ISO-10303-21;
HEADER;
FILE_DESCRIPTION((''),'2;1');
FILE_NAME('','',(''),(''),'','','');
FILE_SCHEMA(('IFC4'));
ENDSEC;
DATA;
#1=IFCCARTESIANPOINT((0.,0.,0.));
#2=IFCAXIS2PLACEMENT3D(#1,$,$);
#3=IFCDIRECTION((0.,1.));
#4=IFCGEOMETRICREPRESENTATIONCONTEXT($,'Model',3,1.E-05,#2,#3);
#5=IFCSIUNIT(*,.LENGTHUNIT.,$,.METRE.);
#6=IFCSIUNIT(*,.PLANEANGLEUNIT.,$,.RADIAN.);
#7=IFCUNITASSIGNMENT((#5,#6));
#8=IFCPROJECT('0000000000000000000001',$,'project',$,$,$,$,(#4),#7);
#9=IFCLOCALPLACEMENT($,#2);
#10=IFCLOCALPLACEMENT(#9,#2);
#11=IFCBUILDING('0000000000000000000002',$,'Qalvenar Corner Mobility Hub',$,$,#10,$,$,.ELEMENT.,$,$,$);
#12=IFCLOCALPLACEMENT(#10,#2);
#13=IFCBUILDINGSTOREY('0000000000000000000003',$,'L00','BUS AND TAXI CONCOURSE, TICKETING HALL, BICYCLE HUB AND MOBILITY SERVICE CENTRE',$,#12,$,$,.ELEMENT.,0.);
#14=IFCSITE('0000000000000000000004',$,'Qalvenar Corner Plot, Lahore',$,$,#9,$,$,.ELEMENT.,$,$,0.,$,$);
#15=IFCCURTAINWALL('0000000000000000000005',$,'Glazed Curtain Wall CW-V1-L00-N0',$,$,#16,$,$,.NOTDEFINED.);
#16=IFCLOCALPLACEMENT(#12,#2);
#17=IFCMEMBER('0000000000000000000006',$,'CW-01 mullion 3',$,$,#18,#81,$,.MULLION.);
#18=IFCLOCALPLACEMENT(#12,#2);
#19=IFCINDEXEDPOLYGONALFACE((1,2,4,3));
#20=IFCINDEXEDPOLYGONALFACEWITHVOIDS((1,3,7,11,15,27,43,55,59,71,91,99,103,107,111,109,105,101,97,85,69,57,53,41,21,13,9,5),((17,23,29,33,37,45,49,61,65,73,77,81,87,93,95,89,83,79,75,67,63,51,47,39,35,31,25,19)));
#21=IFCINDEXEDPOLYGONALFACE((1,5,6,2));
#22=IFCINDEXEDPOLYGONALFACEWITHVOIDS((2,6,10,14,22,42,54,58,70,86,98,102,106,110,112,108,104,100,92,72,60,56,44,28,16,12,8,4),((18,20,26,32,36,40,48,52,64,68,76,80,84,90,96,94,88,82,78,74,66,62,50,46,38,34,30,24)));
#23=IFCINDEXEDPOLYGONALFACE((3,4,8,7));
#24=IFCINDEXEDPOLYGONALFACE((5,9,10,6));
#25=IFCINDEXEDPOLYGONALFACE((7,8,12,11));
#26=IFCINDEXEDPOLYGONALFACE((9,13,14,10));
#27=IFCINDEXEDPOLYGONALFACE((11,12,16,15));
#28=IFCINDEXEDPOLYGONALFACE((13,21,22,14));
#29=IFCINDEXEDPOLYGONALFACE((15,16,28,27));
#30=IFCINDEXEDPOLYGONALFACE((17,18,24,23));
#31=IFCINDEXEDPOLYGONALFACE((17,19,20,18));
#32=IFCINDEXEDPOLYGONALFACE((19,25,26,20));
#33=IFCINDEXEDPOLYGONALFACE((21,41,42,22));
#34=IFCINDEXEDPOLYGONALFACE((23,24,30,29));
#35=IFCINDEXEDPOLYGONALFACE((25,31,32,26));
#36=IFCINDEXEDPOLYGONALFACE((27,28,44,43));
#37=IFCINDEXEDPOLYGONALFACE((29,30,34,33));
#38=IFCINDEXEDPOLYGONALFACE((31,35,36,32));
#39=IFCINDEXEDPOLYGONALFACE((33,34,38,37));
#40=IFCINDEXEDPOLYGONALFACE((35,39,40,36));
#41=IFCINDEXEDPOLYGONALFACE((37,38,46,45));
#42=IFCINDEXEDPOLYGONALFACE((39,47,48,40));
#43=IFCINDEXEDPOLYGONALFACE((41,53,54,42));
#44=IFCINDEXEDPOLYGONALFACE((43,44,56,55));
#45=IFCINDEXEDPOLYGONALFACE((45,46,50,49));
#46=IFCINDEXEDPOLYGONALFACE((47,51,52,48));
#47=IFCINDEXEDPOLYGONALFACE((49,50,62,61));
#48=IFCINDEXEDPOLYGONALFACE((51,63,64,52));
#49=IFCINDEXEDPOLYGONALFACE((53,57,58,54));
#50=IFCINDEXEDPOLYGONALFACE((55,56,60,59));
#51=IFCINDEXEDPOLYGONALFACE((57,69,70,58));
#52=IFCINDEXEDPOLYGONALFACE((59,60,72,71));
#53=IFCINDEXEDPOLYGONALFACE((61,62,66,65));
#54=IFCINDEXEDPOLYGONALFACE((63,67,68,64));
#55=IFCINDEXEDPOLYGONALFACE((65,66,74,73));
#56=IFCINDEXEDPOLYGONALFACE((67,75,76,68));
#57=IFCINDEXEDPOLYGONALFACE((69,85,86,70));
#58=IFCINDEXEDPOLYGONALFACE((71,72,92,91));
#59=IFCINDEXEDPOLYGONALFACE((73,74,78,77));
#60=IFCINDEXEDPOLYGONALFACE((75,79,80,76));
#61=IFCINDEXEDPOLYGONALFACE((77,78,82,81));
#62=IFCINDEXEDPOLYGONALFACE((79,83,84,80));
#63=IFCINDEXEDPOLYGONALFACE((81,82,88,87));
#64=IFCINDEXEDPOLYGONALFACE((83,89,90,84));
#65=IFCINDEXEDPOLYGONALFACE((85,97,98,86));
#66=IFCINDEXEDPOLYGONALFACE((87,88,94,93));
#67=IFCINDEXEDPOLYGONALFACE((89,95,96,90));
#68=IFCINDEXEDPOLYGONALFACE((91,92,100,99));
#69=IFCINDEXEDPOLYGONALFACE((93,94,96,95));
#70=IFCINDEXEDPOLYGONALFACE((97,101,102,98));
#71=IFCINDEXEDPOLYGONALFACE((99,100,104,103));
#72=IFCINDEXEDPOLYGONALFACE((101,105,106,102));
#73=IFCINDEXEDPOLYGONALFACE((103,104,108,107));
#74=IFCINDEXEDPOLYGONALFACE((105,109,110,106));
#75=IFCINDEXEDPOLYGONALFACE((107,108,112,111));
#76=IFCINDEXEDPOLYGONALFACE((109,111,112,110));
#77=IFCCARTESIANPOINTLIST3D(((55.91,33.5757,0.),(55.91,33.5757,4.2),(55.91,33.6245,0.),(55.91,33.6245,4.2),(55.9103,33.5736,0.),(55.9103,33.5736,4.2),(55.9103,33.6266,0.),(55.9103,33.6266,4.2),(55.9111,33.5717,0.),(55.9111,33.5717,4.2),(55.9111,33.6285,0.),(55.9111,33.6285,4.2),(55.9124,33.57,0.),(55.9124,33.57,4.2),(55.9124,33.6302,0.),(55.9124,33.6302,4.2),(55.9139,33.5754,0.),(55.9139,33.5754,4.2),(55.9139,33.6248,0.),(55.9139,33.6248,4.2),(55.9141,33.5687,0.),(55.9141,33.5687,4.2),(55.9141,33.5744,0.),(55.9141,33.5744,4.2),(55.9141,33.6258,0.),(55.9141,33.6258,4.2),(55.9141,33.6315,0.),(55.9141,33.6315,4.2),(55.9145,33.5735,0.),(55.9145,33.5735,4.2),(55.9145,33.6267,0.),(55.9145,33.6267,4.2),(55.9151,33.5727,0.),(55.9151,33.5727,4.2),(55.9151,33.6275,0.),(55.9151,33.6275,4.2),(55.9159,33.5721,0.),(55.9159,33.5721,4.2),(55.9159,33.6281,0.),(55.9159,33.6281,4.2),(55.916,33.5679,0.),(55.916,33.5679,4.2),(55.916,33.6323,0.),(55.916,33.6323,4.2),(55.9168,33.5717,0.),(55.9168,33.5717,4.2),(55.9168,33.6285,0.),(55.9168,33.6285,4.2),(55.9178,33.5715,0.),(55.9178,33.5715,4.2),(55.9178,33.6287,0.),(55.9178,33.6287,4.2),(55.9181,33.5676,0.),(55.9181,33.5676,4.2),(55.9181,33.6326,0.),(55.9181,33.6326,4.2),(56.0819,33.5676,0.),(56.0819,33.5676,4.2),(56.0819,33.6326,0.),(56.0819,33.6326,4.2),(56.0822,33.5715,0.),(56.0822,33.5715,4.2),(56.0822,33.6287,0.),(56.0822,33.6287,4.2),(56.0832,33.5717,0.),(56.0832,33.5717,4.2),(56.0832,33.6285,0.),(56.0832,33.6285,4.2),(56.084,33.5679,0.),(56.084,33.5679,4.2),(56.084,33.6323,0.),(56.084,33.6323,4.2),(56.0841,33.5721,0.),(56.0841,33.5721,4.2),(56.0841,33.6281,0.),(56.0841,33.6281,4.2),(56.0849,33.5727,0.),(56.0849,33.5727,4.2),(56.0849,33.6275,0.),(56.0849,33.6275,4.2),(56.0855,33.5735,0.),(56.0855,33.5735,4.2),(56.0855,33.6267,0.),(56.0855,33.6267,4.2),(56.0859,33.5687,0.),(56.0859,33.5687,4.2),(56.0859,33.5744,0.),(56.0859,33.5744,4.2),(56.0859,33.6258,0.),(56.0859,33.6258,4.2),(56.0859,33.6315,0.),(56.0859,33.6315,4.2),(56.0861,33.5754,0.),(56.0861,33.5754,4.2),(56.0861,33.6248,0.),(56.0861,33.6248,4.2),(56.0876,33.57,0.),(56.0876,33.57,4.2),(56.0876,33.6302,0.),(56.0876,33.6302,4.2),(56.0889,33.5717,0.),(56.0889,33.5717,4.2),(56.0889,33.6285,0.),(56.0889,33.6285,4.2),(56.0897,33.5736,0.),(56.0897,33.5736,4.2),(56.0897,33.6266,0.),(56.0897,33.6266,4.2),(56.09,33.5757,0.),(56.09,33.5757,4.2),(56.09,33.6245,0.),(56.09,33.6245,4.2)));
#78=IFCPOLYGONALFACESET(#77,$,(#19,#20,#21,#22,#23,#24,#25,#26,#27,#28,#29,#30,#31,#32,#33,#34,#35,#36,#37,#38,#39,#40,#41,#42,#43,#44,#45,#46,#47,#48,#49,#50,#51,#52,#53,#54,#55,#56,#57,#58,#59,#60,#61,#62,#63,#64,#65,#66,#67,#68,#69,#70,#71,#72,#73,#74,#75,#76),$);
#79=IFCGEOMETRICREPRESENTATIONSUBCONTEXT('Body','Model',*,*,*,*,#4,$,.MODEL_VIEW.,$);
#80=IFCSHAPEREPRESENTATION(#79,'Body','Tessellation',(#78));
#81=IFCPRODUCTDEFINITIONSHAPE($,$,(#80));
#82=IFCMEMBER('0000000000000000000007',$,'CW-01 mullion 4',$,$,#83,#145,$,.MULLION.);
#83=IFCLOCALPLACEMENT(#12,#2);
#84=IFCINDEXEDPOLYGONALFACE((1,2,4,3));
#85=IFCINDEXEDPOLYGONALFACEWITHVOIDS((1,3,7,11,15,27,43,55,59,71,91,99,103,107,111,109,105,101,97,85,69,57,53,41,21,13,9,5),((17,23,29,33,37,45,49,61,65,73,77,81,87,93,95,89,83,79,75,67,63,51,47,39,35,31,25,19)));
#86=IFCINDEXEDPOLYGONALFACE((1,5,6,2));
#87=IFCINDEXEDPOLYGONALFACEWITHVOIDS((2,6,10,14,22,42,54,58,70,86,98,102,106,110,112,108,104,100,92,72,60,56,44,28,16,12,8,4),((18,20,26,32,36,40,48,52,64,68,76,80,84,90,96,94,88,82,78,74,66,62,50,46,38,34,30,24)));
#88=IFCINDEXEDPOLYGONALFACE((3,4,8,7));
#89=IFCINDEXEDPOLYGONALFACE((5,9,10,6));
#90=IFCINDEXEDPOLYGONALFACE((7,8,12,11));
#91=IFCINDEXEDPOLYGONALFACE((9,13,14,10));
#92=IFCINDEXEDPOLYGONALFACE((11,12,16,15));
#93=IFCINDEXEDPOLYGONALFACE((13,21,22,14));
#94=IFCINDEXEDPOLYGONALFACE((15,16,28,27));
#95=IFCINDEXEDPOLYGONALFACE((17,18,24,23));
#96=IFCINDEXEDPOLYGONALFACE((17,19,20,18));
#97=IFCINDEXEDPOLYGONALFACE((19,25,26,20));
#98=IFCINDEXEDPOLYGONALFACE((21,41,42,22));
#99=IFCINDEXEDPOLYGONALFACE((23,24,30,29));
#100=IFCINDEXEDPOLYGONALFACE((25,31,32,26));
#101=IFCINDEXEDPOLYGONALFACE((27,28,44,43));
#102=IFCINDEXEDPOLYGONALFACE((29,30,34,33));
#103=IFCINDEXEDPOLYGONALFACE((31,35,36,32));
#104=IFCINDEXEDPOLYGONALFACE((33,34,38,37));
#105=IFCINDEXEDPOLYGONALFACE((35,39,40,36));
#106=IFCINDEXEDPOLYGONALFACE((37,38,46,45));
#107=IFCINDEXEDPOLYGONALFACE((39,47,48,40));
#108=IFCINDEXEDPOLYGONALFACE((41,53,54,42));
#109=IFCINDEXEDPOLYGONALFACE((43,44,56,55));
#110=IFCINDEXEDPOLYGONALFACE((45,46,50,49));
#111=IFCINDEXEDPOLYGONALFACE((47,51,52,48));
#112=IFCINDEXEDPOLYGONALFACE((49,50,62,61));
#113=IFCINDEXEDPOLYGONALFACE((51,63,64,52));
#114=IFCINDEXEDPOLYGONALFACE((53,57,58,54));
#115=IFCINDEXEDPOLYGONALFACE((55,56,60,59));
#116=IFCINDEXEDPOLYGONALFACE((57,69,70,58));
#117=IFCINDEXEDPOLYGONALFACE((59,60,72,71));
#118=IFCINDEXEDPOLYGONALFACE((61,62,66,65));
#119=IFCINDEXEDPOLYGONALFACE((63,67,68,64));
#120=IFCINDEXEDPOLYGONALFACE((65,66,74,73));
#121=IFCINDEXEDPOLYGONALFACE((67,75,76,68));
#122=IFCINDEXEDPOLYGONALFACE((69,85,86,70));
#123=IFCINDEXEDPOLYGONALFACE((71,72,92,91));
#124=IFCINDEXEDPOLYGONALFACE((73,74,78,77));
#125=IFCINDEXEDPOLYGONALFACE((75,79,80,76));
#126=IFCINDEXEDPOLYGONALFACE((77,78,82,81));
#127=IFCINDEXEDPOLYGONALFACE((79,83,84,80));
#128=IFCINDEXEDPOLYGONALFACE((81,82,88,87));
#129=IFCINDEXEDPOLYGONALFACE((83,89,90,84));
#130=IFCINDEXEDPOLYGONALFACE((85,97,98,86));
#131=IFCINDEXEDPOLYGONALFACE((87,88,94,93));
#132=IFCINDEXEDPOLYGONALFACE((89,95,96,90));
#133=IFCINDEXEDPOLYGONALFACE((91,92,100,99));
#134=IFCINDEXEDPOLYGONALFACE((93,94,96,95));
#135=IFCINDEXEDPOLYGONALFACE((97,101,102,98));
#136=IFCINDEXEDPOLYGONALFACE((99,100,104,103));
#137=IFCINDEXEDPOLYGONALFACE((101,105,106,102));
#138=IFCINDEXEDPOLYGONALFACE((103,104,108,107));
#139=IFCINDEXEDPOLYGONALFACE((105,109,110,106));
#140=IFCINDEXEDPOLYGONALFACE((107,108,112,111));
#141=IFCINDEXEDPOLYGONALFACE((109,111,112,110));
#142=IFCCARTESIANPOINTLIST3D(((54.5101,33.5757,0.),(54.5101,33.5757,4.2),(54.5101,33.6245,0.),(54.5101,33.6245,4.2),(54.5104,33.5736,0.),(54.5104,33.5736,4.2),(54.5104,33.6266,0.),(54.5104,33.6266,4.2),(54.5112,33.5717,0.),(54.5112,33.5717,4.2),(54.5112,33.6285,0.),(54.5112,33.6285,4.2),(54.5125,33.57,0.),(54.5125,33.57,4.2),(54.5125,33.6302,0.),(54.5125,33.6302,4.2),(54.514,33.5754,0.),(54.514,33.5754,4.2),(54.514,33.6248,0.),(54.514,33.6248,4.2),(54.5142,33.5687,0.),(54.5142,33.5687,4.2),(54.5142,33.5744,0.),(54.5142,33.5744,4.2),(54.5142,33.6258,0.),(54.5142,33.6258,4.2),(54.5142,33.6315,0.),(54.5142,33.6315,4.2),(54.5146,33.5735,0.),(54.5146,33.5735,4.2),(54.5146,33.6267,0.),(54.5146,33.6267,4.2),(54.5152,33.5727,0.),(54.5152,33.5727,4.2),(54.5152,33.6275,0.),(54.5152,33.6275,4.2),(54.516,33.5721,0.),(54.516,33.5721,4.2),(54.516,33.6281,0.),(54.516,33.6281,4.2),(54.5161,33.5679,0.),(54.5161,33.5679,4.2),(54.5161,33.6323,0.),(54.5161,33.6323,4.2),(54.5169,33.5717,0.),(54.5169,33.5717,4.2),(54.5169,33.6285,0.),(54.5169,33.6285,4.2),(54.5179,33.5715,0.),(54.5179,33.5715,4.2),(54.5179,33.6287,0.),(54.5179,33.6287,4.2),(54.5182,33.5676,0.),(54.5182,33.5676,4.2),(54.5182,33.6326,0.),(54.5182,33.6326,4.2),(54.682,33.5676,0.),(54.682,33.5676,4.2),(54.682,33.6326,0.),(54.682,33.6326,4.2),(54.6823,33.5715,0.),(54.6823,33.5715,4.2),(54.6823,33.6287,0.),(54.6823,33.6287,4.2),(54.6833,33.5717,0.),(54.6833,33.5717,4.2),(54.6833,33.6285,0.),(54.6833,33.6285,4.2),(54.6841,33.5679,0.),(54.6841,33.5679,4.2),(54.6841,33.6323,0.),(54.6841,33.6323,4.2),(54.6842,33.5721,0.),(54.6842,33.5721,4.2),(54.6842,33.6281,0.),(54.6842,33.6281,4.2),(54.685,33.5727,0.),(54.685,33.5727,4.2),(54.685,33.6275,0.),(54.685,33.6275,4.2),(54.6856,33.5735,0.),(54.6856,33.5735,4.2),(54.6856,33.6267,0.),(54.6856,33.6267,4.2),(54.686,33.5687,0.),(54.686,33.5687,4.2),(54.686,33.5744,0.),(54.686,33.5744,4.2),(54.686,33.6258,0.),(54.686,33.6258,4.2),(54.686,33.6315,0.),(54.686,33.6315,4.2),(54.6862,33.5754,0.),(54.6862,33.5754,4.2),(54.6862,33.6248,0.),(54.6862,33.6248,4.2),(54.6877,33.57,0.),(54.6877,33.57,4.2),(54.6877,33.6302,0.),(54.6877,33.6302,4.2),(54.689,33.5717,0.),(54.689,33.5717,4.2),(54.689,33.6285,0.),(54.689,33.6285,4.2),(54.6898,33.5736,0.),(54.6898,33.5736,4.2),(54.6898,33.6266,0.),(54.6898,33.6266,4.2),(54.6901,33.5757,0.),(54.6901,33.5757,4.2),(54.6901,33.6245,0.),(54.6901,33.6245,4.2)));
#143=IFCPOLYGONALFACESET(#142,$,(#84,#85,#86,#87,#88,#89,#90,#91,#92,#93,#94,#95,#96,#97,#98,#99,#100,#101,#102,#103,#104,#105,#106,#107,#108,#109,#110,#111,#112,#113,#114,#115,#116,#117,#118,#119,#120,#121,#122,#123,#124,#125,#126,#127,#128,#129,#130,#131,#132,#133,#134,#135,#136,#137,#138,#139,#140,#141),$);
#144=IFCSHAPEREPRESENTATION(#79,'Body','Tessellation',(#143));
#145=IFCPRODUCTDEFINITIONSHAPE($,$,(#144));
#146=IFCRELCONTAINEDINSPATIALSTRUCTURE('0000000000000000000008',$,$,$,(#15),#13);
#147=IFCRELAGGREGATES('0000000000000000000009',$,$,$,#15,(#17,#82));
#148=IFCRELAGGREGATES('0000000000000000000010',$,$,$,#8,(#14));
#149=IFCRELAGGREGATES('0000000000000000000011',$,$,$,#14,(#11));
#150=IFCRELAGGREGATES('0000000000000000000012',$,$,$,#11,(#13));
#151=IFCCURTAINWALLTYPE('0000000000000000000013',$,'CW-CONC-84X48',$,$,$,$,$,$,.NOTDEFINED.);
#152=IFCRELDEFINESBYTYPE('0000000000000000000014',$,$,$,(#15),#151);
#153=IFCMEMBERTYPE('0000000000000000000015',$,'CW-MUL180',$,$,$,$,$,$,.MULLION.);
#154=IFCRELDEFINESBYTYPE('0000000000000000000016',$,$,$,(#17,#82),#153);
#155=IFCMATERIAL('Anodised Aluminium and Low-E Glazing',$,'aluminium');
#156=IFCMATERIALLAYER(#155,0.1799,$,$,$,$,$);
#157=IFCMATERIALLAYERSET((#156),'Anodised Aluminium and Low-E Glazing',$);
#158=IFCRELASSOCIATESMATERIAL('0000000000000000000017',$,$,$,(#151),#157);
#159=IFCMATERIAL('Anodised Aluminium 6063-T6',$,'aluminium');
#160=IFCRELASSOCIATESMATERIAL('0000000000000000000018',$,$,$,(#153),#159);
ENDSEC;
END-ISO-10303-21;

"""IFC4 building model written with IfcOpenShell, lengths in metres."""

from ifc_helpers import new_model, si_unit, direction, frame, origin, origin_2d, place, context, subcontext, project, spatial, hollow_rectangle, extrude, material, layer, layer_set, material_profile, profile_set, type_object, element, aggregate, save


model = new_model("IFC4")

# Units and contexts
model_context = context("Model", 3, precision=1e-05, world=origin(), true_north=direction((0.0, 1.0)))
body_context = subcontext(model_context, "Body", "Model", "MODEL_VIEW")
ifc_project = project(units=[si_unit("LENGTHUNIT", "METRE"), si_unit("PLANEANGLEUNIT", "RADIAN")], contexts=[model_context])

# Site, building, storey
site_placement = place(None, origin())
site = spatial("IfcSite", under=ifc_project, at=site_placement, Name="Qalvenar Corner Plot, Lahore", CompositionType="ELEMENT", RefElevation=0.0)
building_placement = place(site_placement, origin())
building = spatial("IfcBuilding", under=site, at=building_placement, Name="Qalvenar Corner Mobility Hub", CompositionType="ELEMENT")
storey_placement = place(building_placement, origin())
storey = spatial("IfcBuildingStorey", under=building, at=storey_placement, Name="L00", Description="BUS AND TAXI CONCOURSE, TICKETING HALL, BICYCLE HUB AND MOBILITY SERVICE CENTRE", CompositionType="ELEMENT", Elevation=0.0)

# Shared definitions
ifc_material_1 = material(Name="Anodised Aluminium and Low-E Glazing", Category="aluminium")
ifc_material_2 = material(Name="Anodised Aluminium 6063-T6", Category="aluminium")

# Curtain wall, members
ifc_layer_1 = layer(ifc_material_1, 0.1799)
ifc_layer_set_1 = layer_set([ifc_layer_1], Name="Anodised Aluminium and Low-E Glazing")
curtain_wall_type_1 = type_object("IfcCurtainWallType", Name="CW-CONC-84X48", PredefinedType="NOTDEFINED", material=ifc_layer_set_1)
curtain_wall_1_placement = place(storey_placement, origin())
curtain_wall_1 = element("IfcCurtainWall", 1, at=curtain_wall_1_placement, inside=storey, type_object=curtain_wall_type_1, Name="Glazed Curtain Wall CW-V1-L00-N0", PredefinedType="NOTDEFINED")
ifc_material_profile_1 = material_profile(ifc_material_2, hollow_rectangle(XDim=0.0649, YDim=0.1799, WallThickness=0.0039, InnerFilletRadius=0.0039, OuterFilletRadius=0.0081, at=origin_2d()), Name="RHS180x65x4")
ifc_profile_set_1 = profile_set([ifc_material_profile_1], Name="Anodised Aluminium 6063-T6")
member_type_1 = type_object("IfcMemberType", Name="CW-MUL180", PredefinedType="MULLION", material=ifc_profile_set_1)
member_1_placement = place(storey_placement, frame((56.0, 33.6001, 0.0), z_axis=(0.0, 0.0, 1.0), x_axis=(0.0, -1.0, 0.0)))
member_1 = element("IfcMember", 2, at=member_1_placement, type_object=member_type_1, Name="CW-01 mullion 3", PredefinedType="MULLION", context=body_context, shape_type="SweptSolid", body=[
    extrude(hollow_rectangle(XDim=0.0649, YDim=0.1799, WallThickness=0.0039, InnerFilletRadius=0.0039, OuterFilletRadius=0.0081, at=origin_2d()), origin(), (0.0, 0.0, 1.0), 4.2),
])
member_2_placement = place(storey_placement, frame((54.6001, 33.6001, 0.0), z_axis=(0.0, 0.0, 1.0), x_axis=(0.0, -1.0, 0.0)))
member_2 = element("IfcMember", 3, at=member_2_placement, type_object=member_type_1, Name="CW-01 mullion 4", PredefinedType="MULLION", context=body_context, shape_type="SweptSolid", body=[
    extrude(hollow_rectangle(XDim=0.0649, YDim=0.1799, WallThickness=0.0039, InnerFilletRadius=0.0039, OuterFilletRadius=0.0081, at=origin_2d()), origin(), (0.0, 0.0, 1.0), 4.2),
])
aggregate(curtain_wall_1, [member_1, member_2])

save(model, "model.ifc")
